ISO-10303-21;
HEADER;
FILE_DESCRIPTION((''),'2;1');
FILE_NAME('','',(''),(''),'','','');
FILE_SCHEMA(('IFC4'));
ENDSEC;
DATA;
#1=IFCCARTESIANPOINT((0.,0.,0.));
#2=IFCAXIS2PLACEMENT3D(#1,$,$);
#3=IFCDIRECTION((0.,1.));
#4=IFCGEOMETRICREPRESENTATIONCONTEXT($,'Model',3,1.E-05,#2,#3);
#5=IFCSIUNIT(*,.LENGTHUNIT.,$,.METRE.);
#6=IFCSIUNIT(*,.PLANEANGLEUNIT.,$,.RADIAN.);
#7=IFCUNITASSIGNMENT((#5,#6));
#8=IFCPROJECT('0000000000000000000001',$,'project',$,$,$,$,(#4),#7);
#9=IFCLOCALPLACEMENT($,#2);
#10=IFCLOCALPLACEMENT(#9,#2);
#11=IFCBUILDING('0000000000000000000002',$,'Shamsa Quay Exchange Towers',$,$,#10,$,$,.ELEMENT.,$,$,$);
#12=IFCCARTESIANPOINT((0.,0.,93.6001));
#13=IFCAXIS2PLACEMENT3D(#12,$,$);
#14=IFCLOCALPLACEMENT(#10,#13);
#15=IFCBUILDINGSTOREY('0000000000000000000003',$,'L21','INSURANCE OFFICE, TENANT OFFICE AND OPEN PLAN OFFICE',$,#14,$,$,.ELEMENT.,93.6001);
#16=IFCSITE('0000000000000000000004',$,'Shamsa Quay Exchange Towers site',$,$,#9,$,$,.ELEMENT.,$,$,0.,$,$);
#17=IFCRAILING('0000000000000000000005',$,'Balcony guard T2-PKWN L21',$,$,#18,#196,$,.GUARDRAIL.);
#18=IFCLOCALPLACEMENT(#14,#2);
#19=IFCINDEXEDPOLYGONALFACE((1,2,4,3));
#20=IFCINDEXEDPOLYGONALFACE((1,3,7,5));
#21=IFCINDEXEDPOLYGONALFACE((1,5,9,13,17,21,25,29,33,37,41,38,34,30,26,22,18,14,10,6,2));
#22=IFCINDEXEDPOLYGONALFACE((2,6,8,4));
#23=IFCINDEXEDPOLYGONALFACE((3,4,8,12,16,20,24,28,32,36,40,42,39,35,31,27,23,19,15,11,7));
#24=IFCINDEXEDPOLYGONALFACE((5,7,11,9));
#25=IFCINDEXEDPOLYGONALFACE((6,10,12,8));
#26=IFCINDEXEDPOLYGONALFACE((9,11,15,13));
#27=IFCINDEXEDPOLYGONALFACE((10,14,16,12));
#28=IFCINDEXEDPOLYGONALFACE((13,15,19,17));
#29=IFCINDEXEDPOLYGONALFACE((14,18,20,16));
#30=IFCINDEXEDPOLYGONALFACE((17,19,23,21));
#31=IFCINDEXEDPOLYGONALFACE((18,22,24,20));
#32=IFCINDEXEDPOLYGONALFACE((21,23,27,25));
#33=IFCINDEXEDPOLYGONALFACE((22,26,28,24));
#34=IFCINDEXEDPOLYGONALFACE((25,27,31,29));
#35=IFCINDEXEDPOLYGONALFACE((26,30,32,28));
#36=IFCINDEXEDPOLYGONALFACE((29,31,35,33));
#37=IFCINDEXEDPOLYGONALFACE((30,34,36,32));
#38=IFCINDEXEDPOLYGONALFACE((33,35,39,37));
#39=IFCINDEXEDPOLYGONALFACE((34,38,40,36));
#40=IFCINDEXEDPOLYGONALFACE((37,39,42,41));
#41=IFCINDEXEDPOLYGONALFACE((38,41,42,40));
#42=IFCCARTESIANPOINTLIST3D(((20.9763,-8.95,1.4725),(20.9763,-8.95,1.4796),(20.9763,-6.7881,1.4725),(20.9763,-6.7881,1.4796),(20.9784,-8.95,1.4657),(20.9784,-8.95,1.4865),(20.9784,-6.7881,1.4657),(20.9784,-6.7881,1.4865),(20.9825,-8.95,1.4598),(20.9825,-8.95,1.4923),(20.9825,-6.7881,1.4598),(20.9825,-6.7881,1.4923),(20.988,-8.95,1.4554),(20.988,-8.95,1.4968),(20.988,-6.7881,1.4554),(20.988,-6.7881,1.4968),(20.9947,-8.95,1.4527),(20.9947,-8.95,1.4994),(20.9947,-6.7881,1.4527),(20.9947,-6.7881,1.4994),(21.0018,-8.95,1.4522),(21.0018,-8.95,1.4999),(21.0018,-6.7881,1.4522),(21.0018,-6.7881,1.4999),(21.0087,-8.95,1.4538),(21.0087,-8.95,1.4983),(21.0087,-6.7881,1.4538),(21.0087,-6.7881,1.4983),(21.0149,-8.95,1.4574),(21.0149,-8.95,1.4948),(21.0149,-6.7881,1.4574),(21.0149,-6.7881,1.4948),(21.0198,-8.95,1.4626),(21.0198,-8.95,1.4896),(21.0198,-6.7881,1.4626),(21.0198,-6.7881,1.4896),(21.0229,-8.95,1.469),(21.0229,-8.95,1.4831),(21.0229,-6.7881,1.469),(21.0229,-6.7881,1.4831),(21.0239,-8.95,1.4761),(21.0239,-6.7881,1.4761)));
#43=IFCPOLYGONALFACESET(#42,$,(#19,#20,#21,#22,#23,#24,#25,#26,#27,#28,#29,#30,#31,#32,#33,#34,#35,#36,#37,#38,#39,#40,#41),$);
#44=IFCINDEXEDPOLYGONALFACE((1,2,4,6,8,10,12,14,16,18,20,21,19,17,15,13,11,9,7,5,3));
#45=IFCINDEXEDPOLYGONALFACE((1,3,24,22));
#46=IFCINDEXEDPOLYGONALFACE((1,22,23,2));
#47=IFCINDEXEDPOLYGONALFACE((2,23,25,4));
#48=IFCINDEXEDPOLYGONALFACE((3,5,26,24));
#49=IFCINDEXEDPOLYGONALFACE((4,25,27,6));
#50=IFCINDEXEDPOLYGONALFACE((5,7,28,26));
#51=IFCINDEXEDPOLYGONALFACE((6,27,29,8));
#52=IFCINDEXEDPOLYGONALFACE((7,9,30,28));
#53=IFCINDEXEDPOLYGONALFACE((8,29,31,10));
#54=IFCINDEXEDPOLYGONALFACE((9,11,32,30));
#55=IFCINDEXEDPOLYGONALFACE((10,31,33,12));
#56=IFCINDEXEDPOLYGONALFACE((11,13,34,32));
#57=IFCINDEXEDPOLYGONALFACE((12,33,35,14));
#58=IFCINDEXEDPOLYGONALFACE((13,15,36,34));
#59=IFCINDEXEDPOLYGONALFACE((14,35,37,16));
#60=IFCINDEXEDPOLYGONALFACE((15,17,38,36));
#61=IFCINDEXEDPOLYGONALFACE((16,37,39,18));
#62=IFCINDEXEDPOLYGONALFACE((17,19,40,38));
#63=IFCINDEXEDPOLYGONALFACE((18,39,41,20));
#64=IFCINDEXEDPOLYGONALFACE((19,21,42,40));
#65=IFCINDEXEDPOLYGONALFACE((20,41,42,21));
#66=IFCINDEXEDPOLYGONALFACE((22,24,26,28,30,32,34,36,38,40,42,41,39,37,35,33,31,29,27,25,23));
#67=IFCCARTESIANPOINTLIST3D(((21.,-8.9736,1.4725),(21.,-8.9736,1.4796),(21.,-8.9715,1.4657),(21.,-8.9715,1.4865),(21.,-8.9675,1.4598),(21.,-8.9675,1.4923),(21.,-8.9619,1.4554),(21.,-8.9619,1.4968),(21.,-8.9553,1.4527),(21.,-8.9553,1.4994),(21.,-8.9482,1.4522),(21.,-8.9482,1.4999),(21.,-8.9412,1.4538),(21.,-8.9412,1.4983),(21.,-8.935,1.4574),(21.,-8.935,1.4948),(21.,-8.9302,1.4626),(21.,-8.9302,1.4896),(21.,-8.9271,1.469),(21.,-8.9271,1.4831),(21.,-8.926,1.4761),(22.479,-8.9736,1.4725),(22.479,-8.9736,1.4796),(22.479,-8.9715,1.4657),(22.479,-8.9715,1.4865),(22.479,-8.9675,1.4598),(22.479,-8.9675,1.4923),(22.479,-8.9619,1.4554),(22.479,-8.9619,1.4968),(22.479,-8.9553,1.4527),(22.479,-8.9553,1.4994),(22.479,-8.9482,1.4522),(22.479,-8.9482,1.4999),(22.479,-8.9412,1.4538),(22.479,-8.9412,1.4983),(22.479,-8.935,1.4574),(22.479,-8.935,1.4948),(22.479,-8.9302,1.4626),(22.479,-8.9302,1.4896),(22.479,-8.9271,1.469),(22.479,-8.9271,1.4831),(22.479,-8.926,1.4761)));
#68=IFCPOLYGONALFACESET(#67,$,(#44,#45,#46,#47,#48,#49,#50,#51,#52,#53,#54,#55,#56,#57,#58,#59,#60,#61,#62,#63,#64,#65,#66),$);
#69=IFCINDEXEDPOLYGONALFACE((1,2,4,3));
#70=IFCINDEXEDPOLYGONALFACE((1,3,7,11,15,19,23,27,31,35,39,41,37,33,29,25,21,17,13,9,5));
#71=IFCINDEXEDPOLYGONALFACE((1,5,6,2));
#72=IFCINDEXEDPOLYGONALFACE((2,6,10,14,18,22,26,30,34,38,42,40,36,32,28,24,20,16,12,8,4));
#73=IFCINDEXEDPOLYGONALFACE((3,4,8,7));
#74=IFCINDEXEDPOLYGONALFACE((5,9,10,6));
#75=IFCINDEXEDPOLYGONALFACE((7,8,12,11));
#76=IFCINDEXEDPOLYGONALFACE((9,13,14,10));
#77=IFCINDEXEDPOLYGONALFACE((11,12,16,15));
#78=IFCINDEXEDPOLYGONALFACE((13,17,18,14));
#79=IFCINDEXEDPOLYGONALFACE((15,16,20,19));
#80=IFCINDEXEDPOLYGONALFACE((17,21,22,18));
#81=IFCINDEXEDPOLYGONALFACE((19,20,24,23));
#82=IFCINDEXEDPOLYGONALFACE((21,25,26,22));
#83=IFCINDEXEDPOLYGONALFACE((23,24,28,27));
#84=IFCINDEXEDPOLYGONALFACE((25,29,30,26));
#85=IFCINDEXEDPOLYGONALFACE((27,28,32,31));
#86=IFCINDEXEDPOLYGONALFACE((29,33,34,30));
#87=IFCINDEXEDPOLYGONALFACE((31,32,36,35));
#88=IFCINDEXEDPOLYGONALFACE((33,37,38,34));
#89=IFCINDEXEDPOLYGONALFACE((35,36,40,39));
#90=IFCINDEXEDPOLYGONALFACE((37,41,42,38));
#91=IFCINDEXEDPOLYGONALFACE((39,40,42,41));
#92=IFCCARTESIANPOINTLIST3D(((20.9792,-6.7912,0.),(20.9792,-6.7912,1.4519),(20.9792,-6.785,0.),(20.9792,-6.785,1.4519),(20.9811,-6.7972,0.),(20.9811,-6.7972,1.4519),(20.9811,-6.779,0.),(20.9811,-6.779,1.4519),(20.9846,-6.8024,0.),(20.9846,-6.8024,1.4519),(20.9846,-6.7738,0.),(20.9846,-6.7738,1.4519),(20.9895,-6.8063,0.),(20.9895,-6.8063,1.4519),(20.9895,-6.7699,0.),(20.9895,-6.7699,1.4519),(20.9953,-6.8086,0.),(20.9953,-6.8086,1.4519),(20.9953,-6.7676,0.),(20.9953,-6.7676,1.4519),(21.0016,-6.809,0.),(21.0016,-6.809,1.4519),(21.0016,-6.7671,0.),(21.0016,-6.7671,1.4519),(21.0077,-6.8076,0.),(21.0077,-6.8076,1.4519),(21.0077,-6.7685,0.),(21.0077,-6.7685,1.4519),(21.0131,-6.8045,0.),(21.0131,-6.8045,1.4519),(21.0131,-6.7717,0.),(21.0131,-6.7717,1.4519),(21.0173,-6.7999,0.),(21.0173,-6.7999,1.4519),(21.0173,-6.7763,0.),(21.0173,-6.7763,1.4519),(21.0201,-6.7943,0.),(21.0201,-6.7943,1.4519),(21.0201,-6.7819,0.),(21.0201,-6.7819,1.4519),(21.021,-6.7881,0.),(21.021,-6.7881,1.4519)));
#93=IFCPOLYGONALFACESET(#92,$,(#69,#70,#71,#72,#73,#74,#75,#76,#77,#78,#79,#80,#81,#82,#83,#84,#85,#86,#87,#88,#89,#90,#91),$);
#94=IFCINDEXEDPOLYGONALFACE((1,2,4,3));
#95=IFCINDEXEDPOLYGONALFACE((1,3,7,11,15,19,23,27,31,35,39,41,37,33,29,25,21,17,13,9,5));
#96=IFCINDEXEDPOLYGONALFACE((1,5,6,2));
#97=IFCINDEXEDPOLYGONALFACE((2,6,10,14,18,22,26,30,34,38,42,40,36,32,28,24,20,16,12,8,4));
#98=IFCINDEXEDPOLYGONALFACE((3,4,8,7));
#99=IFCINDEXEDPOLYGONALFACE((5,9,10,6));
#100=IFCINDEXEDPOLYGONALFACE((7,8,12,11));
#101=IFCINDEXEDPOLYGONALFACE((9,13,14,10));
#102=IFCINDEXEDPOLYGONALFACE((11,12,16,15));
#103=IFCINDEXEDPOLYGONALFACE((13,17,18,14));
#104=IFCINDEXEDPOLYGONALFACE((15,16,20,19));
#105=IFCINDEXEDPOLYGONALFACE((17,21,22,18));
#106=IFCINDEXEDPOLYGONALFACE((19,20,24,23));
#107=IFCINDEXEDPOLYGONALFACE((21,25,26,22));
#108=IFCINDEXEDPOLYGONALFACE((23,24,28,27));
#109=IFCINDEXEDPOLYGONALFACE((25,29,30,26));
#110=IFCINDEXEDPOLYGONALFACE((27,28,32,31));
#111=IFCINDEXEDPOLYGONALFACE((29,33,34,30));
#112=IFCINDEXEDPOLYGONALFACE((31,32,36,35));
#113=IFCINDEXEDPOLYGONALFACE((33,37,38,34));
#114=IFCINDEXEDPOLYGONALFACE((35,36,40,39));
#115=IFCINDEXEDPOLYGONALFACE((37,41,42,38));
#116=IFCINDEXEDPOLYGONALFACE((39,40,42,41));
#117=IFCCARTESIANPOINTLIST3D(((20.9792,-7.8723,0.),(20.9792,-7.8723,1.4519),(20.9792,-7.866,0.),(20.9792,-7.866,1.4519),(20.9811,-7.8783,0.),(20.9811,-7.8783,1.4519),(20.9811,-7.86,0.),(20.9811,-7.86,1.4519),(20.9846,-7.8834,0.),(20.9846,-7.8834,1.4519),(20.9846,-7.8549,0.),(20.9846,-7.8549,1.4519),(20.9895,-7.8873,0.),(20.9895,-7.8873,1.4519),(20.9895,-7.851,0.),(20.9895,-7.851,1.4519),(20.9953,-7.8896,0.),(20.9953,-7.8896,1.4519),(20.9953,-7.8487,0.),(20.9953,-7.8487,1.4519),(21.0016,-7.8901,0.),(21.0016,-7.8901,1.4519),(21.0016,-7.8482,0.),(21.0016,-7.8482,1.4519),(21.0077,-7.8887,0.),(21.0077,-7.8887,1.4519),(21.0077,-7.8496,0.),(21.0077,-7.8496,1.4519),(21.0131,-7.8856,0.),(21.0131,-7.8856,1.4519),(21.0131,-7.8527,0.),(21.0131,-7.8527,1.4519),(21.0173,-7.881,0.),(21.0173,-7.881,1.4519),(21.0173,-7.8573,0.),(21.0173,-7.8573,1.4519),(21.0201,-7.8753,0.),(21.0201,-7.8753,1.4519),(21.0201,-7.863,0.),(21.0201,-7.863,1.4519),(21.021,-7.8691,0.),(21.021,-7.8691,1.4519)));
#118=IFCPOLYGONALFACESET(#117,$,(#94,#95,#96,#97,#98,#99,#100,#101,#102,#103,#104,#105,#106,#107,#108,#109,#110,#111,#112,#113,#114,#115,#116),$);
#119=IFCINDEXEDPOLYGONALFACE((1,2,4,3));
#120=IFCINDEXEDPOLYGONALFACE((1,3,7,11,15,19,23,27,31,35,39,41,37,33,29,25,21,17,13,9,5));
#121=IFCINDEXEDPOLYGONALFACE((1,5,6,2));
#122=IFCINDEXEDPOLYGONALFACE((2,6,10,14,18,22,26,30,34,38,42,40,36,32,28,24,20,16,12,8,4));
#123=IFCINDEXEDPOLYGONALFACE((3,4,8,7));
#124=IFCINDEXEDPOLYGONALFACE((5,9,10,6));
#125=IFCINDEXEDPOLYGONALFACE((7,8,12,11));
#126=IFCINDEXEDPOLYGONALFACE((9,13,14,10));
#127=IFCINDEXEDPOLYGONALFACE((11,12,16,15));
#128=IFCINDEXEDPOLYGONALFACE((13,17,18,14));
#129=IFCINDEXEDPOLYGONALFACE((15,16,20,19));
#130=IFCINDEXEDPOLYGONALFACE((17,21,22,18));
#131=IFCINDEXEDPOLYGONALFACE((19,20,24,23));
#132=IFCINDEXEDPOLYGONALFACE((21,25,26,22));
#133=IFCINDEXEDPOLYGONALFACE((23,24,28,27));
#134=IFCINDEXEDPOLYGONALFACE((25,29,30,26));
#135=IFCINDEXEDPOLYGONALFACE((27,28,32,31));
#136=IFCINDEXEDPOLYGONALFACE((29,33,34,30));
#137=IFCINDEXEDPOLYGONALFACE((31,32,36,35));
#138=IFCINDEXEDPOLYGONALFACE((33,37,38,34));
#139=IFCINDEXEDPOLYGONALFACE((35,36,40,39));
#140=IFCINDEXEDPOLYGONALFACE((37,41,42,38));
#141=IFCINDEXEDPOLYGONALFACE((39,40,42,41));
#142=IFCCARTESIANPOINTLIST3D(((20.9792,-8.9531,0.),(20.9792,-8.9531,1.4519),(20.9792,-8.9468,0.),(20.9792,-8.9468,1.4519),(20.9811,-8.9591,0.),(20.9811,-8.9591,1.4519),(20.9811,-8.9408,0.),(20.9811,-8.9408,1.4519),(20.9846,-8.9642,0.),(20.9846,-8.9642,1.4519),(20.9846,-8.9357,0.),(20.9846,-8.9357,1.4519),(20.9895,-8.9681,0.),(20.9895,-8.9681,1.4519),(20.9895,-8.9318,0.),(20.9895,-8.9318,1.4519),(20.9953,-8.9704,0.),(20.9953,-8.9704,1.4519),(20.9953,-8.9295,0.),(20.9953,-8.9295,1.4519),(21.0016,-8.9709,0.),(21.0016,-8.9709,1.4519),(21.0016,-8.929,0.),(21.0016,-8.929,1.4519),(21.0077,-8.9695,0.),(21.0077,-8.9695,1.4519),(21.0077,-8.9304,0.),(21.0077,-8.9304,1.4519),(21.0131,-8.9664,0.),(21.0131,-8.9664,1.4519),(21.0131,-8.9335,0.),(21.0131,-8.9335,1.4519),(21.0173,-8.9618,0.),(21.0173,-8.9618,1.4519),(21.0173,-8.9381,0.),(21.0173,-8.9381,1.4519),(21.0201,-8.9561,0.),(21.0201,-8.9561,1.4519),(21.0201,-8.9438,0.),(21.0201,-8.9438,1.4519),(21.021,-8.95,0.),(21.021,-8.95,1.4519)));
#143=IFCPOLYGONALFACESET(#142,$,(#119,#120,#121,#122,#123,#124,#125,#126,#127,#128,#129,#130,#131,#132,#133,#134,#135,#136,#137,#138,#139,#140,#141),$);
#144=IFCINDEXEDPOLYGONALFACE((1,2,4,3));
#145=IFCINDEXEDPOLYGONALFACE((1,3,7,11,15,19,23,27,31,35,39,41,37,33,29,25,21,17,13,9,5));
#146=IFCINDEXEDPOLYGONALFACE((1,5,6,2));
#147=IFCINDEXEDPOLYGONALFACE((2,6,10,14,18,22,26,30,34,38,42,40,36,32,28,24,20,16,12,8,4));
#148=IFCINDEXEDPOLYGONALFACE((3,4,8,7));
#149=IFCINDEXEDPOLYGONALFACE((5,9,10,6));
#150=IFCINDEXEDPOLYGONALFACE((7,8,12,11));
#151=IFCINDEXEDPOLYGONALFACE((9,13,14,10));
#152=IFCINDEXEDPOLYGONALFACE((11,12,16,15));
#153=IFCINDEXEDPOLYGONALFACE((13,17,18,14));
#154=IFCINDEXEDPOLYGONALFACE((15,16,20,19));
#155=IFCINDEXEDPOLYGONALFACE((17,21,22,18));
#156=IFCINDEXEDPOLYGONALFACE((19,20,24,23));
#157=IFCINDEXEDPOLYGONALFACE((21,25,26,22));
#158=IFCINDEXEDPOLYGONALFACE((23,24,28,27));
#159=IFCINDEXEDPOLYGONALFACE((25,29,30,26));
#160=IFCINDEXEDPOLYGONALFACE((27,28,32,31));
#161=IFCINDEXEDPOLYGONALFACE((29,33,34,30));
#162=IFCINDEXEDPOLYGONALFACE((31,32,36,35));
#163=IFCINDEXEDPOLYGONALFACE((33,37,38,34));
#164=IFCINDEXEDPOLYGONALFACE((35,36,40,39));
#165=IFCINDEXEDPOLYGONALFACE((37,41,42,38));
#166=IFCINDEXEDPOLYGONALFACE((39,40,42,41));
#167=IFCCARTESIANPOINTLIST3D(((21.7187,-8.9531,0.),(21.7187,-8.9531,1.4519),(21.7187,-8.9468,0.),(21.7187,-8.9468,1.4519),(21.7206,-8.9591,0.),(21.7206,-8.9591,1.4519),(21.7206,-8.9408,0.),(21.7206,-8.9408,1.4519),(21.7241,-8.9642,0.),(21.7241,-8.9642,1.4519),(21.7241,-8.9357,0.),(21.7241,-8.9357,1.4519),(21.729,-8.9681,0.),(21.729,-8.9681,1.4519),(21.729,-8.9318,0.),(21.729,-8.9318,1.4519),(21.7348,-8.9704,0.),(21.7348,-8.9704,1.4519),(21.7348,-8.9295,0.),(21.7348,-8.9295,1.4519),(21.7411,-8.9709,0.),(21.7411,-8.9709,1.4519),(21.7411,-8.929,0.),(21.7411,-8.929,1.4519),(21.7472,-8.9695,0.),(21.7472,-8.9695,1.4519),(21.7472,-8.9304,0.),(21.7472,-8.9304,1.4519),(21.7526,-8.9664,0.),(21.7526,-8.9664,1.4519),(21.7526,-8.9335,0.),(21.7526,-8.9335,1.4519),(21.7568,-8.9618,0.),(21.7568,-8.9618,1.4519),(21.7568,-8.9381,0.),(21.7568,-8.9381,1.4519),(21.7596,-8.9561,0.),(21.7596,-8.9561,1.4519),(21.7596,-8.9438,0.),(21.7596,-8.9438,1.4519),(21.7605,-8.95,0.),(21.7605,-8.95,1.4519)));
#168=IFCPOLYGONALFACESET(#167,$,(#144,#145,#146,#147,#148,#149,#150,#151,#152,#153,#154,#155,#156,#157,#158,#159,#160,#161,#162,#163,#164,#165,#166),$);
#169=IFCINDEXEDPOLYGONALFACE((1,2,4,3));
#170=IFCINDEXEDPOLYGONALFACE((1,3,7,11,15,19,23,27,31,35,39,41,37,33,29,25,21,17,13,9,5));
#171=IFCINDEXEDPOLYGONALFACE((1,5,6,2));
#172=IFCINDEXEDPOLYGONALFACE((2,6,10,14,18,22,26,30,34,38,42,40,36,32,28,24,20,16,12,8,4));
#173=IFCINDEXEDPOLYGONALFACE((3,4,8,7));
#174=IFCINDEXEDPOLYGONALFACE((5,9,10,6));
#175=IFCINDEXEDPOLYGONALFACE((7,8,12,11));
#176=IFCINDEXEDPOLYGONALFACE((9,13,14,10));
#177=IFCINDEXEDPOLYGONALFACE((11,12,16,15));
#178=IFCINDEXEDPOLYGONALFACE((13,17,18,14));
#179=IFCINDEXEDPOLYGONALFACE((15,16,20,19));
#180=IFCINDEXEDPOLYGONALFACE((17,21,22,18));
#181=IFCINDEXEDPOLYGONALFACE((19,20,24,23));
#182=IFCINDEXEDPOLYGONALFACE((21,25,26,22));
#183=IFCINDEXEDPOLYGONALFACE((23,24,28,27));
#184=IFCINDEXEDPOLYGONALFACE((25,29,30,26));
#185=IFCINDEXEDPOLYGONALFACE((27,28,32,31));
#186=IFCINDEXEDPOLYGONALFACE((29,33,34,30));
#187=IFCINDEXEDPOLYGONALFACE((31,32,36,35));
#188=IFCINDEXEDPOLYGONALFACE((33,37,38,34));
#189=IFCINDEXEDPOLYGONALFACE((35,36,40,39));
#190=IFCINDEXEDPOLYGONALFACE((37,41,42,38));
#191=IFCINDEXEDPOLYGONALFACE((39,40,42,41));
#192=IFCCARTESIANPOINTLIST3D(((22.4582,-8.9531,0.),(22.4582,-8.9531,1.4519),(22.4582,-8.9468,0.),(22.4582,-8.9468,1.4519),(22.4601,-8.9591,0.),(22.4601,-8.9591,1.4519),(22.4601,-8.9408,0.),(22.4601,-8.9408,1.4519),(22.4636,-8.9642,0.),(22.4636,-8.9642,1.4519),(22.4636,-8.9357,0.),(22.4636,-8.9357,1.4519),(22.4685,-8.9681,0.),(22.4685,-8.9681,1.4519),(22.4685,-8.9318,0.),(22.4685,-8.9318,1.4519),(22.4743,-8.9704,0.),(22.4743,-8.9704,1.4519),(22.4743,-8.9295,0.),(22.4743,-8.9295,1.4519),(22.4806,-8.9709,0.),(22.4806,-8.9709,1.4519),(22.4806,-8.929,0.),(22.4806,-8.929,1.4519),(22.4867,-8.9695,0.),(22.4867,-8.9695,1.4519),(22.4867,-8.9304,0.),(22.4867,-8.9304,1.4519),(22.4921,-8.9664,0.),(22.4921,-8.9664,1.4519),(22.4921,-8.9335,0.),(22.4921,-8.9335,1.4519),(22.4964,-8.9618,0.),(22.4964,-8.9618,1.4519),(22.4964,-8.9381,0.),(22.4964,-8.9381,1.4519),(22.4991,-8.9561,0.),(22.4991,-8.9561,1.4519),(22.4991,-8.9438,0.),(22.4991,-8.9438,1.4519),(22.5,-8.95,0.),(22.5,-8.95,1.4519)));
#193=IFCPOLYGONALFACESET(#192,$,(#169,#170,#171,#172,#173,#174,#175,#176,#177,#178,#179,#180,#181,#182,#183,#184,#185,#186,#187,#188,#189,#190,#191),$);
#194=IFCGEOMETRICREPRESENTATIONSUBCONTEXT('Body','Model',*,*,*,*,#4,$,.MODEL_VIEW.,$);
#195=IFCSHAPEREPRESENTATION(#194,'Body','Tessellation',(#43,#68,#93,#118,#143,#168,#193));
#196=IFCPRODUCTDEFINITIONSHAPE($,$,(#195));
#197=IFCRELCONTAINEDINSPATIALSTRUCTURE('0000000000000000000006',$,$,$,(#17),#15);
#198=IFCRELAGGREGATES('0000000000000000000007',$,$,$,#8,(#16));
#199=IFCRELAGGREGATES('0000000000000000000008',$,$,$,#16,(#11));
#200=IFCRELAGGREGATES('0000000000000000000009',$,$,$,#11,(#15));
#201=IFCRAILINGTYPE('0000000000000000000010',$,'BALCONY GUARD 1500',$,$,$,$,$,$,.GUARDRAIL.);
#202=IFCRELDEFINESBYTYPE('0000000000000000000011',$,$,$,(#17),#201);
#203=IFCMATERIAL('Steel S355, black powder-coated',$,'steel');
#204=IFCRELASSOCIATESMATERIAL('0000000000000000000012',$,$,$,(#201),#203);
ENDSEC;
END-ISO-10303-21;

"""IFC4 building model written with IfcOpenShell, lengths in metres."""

from ifc_helpers import new_model, si_unit, direction, frame, origin, origin_2d, place, context, subcontext, project, spatial, circle, extrude, material, type_object, element, save


model = new_model("IFC4")

# Units and contexts
model_context = context("Model", 3, precision=1e-05, world=origin(), true_north=direction((0.0, 1.0)))
body_context = subcontext(model_context, "Body", "Model", "MODEL_VIEW")
ifc_project = project(units=[si_unit("LENGTHUNIT", "METRE"), si_unit("PLANEANGLEUNIT", "RADIAN")], contexts=[model_context])

# Site, building, storey
site_placement = place(None, origin())
site = spatial("IfcSite", under=ifc_project, at=site_placement, Name="Shamsa Quay Exchange Towers site", CompositionType="ELEMENT", RefElevation=0.0)
building_placement = place(site_placement, origin())
building = spatial("IfcBuilding", under=site, at=building_placement, Name="Shamsa Quay Exchange Towers", CompositionType="ELEMENT")
storey_placement = place(building_placement, frame((0.0, 0.0, 93.6001)))
storey = spatial("IfcBuildingStorey", under=building, at=storey_placement, Name="L21", Description="INSURANCE OFFICE, TENANT OFFICE AND OPEN PLAN OFFICE", CompositionType="ELEMENT", Elevation=93.6001)

# Railing
ifc_material_1 = material(Name="Steel S355, black powder-coated", Category="steel")
railing_type_1 = type_object("IfcRailingType", Name="BALCONY GUARD 1500", PredefinedType="GUARDRAIL", material=ifc_material_1)
for number, where, name in (
    (1, (21.0, -6.7881, 0.0), "Balcony guard T2-PKWN L21"),
):
    element("IfcRailing", number, at=place(storey_placement, frame(where)), inside=storey, type_object=railing_type_1, Name=name, PredefinedType="GUARDRAIL", context=body_context, shape_type="SweptSolid", body=[
        extrude(circle(Radius=0.0239, at=origin_2d()), frame((0.0, 0.0, 1.4761), z_axis=(0.0, -1.0, 0.0), x_axis=(1.0, 0.0, 0.0)), (0.0, 0.0, 1.0), 2.1619),
        extrude(circle(Radius=0.0239, at=origin_2d()), frame((0.0, -2.1619, 1.4761), z_axis=(1.0, 0.0, 0.0), x_axis=(0.0, 1.0, 0.0)), (0.0, 0.0, 1.0), 1.479),
        extrude(circle(Radius=0.021, at=origin_2d()), origin(), (0.0, 0.0, 1.0), 1.4519),
        extrude(circle(Radius=0.021, at=origin_2d()), frame((0.0, -1.0811, 0.0)), (0.0, 0.0, 1.0), 1.4519),
        extrude(circle(Radius=0.021, at=origin_2d()), frame((0.0, -2.1619, 0.0)), (0.0, 0.0, 1.0), 1.4519),
        extrude(circle(Radius=0.021, at=origin_2d()), frame((0.7395, -2.1619, 0.0)), (0.0, 0.0, 1.0), 1.4519),
        extrude(circle(Radius=0.021, at=origin_2d()), frame((1.479, -2.1619, 0.0)), (0.0, 0.0, 1.0), 1.4519),
    ])

save(model, "model.ifc")
